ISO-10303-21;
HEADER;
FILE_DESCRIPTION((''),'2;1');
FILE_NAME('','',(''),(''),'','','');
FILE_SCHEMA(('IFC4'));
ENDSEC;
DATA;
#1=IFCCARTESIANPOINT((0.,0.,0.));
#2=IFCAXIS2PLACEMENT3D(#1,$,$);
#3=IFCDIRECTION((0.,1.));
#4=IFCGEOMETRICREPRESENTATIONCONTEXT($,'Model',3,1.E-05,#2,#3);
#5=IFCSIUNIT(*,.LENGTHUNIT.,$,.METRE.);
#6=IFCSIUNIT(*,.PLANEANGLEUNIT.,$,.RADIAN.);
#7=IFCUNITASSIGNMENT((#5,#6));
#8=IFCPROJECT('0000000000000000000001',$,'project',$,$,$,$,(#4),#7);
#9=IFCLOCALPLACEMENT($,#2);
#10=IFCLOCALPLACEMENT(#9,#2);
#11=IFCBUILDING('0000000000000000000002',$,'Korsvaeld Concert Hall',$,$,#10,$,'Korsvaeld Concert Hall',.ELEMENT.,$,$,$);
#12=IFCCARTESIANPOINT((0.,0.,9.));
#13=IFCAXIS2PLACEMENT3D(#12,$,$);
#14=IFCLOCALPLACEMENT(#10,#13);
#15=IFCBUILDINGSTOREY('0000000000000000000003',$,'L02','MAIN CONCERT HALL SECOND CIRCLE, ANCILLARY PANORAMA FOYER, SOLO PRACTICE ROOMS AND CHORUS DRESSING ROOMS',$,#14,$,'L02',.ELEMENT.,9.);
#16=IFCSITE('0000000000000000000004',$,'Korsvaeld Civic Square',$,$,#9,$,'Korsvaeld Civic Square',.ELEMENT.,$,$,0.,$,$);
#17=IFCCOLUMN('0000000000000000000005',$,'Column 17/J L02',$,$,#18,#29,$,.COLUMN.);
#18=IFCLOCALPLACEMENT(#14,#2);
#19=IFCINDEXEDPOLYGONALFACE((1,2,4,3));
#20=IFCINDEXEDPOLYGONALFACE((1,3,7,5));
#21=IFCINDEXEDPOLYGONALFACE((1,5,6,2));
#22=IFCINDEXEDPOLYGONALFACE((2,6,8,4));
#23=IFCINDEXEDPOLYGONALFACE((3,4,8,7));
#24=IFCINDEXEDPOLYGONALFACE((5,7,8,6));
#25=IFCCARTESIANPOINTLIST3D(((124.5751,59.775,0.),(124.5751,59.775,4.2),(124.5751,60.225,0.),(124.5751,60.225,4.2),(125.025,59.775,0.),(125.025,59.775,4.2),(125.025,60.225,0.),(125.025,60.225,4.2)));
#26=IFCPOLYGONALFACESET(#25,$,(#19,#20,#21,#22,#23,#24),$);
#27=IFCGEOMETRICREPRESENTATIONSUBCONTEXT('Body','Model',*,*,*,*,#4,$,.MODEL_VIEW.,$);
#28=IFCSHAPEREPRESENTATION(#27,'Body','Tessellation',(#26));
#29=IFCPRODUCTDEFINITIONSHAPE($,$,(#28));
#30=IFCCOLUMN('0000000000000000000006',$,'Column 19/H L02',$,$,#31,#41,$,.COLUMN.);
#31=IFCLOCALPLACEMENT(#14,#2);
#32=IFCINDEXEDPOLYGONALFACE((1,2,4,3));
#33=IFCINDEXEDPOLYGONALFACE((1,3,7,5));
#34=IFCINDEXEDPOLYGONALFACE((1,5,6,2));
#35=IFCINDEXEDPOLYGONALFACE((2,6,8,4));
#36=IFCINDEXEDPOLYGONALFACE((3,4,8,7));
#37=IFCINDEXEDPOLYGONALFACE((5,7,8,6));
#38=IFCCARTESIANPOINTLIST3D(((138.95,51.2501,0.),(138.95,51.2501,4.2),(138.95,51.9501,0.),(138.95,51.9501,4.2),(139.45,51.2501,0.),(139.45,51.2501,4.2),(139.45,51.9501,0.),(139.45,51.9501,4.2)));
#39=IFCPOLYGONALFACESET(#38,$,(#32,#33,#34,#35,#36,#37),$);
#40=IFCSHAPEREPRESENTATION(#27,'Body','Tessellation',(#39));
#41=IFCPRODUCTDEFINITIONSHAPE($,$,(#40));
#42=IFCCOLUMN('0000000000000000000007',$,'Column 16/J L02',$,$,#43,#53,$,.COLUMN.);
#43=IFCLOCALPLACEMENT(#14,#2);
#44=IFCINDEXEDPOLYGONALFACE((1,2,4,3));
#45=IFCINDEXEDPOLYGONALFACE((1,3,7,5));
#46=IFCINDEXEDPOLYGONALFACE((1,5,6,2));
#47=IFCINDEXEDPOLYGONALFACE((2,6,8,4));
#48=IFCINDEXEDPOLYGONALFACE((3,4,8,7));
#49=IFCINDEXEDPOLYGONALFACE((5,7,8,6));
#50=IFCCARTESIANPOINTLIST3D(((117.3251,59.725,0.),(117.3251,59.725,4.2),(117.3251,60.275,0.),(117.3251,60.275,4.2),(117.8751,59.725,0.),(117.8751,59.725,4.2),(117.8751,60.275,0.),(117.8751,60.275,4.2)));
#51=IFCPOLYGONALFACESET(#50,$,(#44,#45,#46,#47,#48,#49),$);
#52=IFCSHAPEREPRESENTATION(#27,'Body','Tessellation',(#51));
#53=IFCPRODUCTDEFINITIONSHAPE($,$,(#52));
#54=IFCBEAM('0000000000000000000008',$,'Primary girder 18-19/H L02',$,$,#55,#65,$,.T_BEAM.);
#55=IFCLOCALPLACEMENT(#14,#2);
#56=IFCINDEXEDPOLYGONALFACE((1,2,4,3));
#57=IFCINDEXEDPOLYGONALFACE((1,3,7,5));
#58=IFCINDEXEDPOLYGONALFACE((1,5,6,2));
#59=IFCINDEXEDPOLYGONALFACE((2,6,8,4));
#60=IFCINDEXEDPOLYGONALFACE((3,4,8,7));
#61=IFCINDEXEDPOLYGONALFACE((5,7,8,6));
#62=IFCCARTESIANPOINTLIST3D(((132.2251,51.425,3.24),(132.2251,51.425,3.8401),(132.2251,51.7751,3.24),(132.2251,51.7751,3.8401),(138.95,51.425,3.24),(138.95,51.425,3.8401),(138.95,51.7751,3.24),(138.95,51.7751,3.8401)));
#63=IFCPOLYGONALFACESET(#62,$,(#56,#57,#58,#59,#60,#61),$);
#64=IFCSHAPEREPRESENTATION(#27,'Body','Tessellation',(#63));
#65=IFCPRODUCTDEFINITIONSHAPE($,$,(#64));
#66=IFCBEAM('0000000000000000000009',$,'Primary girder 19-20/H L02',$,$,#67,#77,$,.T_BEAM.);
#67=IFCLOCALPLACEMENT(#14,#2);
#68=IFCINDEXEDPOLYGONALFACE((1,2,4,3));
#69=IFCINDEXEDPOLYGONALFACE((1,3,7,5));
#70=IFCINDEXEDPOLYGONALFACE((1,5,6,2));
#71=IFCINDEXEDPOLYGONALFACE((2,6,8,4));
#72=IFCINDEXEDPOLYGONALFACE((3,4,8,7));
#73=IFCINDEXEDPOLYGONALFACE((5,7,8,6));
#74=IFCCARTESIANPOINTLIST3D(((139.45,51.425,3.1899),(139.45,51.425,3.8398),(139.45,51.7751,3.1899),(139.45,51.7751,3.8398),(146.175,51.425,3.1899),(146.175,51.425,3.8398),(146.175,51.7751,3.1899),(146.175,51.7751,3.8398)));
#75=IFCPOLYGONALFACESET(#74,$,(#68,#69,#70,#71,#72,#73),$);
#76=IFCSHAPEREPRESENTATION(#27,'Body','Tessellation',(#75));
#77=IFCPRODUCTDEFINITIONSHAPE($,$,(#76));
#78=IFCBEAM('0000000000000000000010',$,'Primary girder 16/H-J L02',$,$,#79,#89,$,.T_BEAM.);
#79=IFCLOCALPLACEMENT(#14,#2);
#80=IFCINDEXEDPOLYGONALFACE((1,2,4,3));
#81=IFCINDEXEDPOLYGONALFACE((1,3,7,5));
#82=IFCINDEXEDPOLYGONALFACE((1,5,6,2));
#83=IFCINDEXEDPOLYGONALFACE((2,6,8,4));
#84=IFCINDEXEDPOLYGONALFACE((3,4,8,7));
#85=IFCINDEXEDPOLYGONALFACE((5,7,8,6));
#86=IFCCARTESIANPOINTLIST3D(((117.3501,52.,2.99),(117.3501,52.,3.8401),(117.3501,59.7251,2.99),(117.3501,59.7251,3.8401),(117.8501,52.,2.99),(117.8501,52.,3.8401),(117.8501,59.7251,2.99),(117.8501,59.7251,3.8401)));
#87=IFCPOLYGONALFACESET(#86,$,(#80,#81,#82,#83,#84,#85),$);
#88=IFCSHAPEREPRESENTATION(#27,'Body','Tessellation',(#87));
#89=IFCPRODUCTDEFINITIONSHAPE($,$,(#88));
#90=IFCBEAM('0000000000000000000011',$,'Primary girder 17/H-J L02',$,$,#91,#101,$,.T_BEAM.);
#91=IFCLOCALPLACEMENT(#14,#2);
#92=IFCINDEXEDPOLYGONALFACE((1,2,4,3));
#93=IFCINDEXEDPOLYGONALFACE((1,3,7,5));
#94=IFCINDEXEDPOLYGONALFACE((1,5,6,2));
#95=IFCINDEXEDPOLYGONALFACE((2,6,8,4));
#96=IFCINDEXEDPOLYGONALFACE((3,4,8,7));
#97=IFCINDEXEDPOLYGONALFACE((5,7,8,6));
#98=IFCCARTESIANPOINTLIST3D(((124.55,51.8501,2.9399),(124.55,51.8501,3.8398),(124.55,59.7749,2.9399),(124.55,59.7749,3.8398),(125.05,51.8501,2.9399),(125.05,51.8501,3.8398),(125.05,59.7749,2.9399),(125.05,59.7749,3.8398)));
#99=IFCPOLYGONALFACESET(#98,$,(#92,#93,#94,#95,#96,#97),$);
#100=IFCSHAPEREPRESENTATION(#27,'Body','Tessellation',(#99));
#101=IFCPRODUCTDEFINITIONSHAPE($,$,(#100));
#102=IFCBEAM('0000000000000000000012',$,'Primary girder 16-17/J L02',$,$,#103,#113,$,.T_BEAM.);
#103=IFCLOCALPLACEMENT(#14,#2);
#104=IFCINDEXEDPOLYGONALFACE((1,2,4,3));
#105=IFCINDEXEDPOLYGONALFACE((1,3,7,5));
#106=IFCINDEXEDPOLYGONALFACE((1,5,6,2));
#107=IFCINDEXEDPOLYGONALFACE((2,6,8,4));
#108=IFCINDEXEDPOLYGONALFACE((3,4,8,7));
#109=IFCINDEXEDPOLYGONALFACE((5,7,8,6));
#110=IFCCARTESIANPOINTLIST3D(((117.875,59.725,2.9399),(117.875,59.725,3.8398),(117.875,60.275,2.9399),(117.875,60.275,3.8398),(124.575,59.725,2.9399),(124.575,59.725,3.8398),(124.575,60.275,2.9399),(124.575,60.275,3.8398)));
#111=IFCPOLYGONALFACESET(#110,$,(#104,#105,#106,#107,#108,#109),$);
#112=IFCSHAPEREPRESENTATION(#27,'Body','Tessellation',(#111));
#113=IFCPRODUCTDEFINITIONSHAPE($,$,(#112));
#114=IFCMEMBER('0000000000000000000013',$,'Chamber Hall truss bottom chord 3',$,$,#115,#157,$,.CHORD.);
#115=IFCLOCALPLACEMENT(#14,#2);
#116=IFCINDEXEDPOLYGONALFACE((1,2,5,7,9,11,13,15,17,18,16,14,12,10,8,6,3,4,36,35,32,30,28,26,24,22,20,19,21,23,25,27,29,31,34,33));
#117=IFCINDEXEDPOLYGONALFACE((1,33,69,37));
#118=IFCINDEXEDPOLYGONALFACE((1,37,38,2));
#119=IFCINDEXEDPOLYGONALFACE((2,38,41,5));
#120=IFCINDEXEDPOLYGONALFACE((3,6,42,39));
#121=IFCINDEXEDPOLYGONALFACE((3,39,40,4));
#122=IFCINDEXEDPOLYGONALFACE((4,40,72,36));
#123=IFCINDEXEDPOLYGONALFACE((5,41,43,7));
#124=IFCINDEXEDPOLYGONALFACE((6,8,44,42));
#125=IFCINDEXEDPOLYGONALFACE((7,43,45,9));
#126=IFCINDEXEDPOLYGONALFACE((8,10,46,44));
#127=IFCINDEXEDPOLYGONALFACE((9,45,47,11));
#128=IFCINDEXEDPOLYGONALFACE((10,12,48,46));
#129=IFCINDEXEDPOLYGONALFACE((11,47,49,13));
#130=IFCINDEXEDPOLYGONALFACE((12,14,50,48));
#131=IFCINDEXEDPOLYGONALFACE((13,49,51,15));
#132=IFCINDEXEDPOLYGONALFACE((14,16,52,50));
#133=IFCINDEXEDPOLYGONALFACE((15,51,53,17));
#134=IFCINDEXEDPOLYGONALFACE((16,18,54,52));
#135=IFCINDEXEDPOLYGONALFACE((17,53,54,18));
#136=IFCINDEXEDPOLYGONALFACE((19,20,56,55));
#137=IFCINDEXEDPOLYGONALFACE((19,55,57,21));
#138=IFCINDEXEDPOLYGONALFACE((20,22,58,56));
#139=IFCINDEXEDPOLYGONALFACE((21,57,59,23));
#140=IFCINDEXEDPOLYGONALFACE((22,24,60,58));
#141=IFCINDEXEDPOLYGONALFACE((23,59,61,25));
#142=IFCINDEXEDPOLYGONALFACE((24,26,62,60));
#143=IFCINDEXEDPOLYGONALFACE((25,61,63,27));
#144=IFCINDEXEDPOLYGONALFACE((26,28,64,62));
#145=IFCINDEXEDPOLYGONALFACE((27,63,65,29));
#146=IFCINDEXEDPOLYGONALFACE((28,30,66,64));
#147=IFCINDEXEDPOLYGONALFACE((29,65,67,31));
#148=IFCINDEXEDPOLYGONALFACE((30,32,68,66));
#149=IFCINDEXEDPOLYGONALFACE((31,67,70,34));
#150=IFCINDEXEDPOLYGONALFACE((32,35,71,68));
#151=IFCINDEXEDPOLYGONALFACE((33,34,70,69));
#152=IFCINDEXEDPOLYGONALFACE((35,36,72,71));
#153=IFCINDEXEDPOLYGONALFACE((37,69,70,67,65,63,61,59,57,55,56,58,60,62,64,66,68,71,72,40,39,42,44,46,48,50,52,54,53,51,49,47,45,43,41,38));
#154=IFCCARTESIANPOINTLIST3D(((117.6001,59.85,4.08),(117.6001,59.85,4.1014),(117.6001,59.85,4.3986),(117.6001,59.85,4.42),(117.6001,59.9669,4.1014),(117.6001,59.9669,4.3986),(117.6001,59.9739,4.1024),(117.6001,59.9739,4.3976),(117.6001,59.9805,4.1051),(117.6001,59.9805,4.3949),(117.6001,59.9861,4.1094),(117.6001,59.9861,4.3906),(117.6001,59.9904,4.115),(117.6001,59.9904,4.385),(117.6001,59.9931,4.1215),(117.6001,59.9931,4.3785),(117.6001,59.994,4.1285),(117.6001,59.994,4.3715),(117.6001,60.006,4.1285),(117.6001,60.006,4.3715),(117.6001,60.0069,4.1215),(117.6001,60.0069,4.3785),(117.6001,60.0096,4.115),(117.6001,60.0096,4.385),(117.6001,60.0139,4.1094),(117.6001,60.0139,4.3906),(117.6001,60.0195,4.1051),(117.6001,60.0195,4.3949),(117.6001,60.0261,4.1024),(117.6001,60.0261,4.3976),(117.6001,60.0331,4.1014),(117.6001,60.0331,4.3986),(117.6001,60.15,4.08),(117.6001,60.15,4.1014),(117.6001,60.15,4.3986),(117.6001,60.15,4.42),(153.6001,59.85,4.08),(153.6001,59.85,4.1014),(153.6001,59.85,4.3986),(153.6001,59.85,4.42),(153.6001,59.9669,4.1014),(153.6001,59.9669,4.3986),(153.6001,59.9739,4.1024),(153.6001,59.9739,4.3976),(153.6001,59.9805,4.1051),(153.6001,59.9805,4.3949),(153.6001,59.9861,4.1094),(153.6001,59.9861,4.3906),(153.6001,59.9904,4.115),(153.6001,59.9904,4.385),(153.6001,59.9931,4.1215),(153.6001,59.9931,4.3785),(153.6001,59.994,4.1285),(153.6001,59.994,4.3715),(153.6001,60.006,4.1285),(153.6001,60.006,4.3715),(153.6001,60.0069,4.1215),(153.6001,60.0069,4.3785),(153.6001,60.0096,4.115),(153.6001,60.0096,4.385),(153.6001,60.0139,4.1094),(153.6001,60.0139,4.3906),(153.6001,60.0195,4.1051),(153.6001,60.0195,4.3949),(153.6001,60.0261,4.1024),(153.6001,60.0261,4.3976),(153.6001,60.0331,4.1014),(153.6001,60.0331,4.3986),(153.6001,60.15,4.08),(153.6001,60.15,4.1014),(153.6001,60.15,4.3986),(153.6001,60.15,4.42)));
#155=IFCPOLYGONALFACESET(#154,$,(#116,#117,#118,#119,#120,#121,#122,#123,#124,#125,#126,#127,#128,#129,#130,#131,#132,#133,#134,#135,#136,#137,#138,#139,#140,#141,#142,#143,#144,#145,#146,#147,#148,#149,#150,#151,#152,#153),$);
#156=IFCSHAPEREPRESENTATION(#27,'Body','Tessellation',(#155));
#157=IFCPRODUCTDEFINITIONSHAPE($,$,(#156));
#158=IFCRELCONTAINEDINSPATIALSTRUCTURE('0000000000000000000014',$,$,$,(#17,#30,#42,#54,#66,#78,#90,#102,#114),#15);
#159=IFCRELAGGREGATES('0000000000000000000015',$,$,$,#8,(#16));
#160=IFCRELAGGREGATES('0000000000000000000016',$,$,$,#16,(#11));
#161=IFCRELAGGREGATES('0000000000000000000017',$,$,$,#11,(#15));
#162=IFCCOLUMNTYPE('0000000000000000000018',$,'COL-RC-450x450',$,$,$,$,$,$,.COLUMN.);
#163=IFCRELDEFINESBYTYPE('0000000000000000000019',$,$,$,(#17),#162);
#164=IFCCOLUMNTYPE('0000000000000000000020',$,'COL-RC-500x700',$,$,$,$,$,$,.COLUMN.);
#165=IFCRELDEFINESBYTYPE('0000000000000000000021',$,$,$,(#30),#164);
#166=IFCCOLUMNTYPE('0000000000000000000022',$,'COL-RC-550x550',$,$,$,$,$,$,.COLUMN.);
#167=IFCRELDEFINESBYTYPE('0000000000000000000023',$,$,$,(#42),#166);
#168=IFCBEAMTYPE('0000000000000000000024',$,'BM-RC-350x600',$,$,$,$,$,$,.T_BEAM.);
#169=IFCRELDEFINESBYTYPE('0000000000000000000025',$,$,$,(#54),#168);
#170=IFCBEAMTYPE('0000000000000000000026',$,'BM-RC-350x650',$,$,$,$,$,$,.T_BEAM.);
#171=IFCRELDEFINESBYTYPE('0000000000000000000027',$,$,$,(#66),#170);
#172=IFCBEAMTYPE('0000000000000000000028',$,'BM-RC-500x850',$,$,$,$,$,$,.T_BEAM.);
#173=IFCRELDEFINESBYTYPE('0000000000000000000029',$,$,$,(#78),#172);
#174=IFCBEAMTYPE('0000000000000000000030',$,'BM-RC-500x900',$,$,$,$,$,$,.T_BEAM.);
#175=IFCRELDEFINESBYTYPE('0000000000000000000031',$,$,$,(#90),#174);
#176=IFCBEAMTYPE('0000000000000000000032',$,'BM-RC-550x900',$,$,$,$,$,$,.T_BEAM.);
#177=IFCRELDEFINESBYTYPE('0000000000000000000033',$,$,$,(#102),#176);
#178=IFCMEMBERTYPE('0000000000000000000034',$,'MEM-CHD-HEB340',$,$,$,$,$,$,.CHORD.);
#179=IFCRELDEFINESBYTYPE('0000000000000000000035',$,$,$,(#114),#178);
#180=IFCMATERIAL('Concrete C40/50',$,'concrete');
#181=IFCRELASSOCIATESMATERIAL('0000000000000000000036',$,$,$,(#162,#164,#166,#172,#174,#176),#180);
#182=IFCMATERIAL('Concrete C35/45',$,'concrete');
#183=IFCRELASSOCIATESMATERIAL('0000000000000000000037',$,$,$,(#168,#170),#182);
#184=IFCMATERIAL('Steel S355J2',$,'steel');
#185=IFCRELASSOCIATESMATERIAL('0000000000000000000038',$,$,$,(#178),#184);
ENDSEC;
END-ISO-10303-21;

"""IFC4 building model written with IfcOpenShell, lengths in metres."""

from ifc_helpers import new_model, si_unit, direction, frame, origin, origin_2d, place, context, subcontext, project, spatial, rectangle, i_section, extrude, material, material_profile, profile_set, type_object, element, save


model = new_model("IFC4")

# Units and contexts
model_context = context("Model", 3, precision=1e-05, world=origin(), true_north=direction((0.0, 1.0)))
body_context = subcontext(model_context, "Body", "Model", "MODEL_VIEW")
ifc_project = project(units=[si_unit("LENGTHUNIT", "METRE"), si_unit("PLANEANGLEUNIT", "RADIAN")], contexts=[model_context])

# Site, building, storey
site_placement = place(None, origin())
site = spatial("IfcSite", under=ifc_project, at=site_placement, Name="Korsvaeld Civic Square", LongName="Korsvaeld Civic Square", CompositionType="ELEMENT", RefElevation=0.0)
building_placement = place(site_placement, origin())
building = spatial("IfcBuilding", under=site, at=building_placement, Name="Korsvaeld Concert Hall", LongName="Korsvaeld Concert Hall", CompositionType="ELEMENT")
storey_placement = place(building_placement, frame((0.0, 0.0, 9.0)))
storey = spatial("IfcBuildingStorey", under=building, at=storey_placement, Name="L02", Description="MAIN CONCERT HALL SECOND CIRCLE, ANCILLARY PANORAMA FOYER, SOLO PRACTICE ROOMS AND CHORUS DRESSING ROOMS", LongName="L02", CompositionType="ELEMENT", Elevation=9.0)

# Columns
ifc_material_1 = material(Name="Concrete C40/50", Category="concrete")
ifc_material_profile_1 = material_profile(ifc_material_1, rectangle(XDim=0.45, YDim=0.45, at=origin_2d()), Name="RC 450x450")
ifc_profile_set_1 = profile_set([ifc_material_profile_1], Name="Concrete C40/50")
column_type_1 = type_object("IfcColumnType", Name="COL-RC-450x450", PredefinedType="COLUMN", material=ifc_profile_set_1)
column_1_placement = place(storey_placement, frame((124.8, 60.0, 0.0), z_axis=(0.0, 0.0, 1.0), x_axis=(1.0, 0.0, 0.0)))
element("IfcColumn", 1, at=column_1_placement, inside=storey, type_object=column_type_1, Name="Column 17/J L02", PredefinedType="COLUMN", context=body_context, shape_type="SweptSolid", body=[
    extrude(rectangle(XDim=0.45, YDim=0.45, at=origin_2d()), origin(), (0.0, 0.0, 1.0), 4.2),
])
ifc_material_profile_2 = material_profile(ifc_material_1, rectangle(XDim=0.5, YDim=0.7, at=origin_2d()), Name="RC 500x700")
ifc_profile_set_2 = profile_set([ifc_material_profile_2], Name="Concrete C40/50")
column_type_2 = type_object("IfcColumnType", Name="COL-RC-500x700", PredefinedType="COLUMN", material=ifc_profile_set_2)
column_2_placement = place(storey_placement, frame((139.2, 51.6001, 0.0), z_axis=(0.0, 0.0, 1.0), x_axis=(1.0, 0.0, 0.0)))
element("IfcColumn", 2, at=column_2_placement, inside=storey, type_object=column_type_2, Name="Column 19/H L02", PredefinedType="COLUMN", context=body_context, shape_type="SweptSolid", body=[
    extrude(rectangle(XDim=0.5, YDim=0.7, at=origin_2d()), origin(), (0.0, 0.0, 1.0), 4.2),
])
ifc_material_profile_3 = material_profile(ifc_material_1, rectangle(XDim=0.55, YDim=0.55, at=origin_2d()), Name="RC 550x550")
ifc_profile_set_3 = profile_set([ifc_material_profile_3], Name="Concrete C40/50")
column_type_3 = type_object("IfcColumnType", Name="COL-RC-550x550", PredefinedType="COLUMN", material=ifc_profile_set_3)
column_3_placement = place(storey_placement, frame((117.6001, 60.0, 0.0), z_axis=(0.0, 0.0, 1.0), x_axis=(1.0, 0.0, 0.0)))
element("IfcColumn", 3, at=column_3_placement, inside=storey, type_object=column_type_3, Name="Column 16/J L02", PredefinedType="COLUMN", context=body_context, shape_type="SweptSolid", body=[
    extrude(rectangle(XDim=0.55, YDim=0.55, at=origin_2d()), origin(), (0.0, 0.0, 1.0), 4.2),
])

# Beams
ifc_material_2 = material(Name="Concrete C35/45", Category="concrete")
ifc_material_profile_4 = material_profile(ifc_material_2, rectangle(XDim=0.3501, YDim=0.6001, at=origin_2d()), Name="RC 350x600")
ifc_profile_set_4 = profile_set([ifc_material_profile_4], Name="Concrete C35/45")
beam_type_1 = type_object("IfcBeamType", Name="BM-RC-350x600", PredefinedType="T_BEAM", material=ifc_profile_set_4)
beam_1_placement = place(storey_placement, frame((132.2251, 51.6001, 3.54), z_axis=(1.0, 0.0, 0.0), x_axis=(0.0, 1.0, 0.0)))
element("IfcBeam", 4, at=beam_1_placement, inside=storey, type_object=beam_type_1, Name="Primary girder 18-19/H L02", PredefinedType="T_BEAM", context=body_context, shape_type="SweptSolid", body=[
    extrude(rectangle(XDim=0.3501, YDim=0.6001, at=origin_2d()), origin(), (0.0, 0.0, 1.0), 6.7249),
])
ifc_material_profile_5 = material_profile(ifc_material_2, rectangle(XDim=0.3501, YDim=0.6499, at=origin_2d()), Name="RC 350x650")
ifc_profile_set_5 = profile_set([ifc_material_profile_5], Name="Concrete C35/45")
beam_type_2 = type_object("IfcBeamType", Name="BM-RC-350x650", PredefinedType="T_BEAM", material=ifc_profile_set_5)
beam_2_placement = place(storey_placement, frame((139.45, 51.6001, 3.5149), z_axis=(1.0, 0.0, 0.0), x_axis=(0.0, 1.0, 0.0)))
element("IfcBeam", 5, at=beam_2_placement, inside=storey, type_object=beam_type_2, Name="Primary girder 19-20/H L02", PredefinedType="T_BEAM", context=body_context, shape_type="SweptSolid", body=[
    extrude(rectangle(XDim=0.3501, YDim=0.6499, at=origin_2d()), origin(), (0.0, 0.0, 1.0), 6.7251),
])
ifc_material_profile_6 = material_profile(ifc_material_1, rectangle(XDim=0.5, YDim=0.8501, at=origin_2d()), Name="RC 500x850")
ifc_profile_set_6 = profile_set([ifc_material_profile_6], Name="Concrete C40/50")
beam_type_3 = type_object("IfcBeamType", Name="BM-RC-500x850", PredefinedType="T_BEAM", material=ifc_profile_set_6)
beam_3_placement = place(storey_placement, frame((117.6001, 52.0, 3.415), z_axis=(0.0, 1.0, 0.0), x_axis=(-1.0, 0.0, 0.0)))
element("IfcBeam", 6, at=beam_3_placement, inside=storey, type_object=beam_type_3, Name="Primary girder 16/H-J L02", PredefinedType="T_BEAM", context=body_context, shape_type="SweptSolid", body=[
    extrude(rectangle(XDim=0.5, YDim=0.8501, at=origin_2d()), origin(), (0.0, 0.0, 1.0), 7.7251),
])
ifc_material_profile_7 = material_profile(ifc_material_1, rectangle(XDim=0.5, YDim=0.8999, at=origin_2d()), Name="RC 500x900")
ifc_profile_set_7 = profile_set([ifc_material_profile_7], Name="Concrete C40/50")
beam_type_4 = type_object("IfcBeamType", Name="BM-RC-500x900", PredefinedType="T_BEAM", material=ifc_profile_set_7)
beam_4_placement = place(storey_placement, frame((124.8, 51.8501, 3.3899), z_axis=(0.0, 1.0, 0.0), x_axis=(-1.0, 0.0, 0.0)))
element("IfcBeam", 7, at=beam_4_placement, inside=storey, type_object=beam_type_4, Name="Primary girder 17/H-J L02", PredefinedType="T_BEAM", context=body_context, shape_type="SweptSolid", body=[
    extrude(rectangle(XDim=0.5, YDim=0.8999, at=origin_2d()), origin(), (0.0, 0.0, 1.0), 7.9248),
])
ifc_material_profile_8 = material_profile(ifc_material_1, rectangle(XDim=0.55, YDim=0.8999, at=origin_2d()), Name="RC 550x900")
ifc_profile_set_8 = profile_set([ifc_material_profile_8], Name="Concrete C40/50")
beam_type_5 = type_object("IfcBeamType", Name="BM-RC-550x900", PredefinedType="T_BEAM", material=ifc_profile_set_8)
beam_5_placement = place(storey_placement, frame((117.875, 60.0, 3.3899), z_axis=(1.0, 0.0, 0.0), x_axis=(0.0, 1.0, 0.0)))
element("IfcBeam", 8, at=beam_5_placement, inside=storey, type_object=beam_type_5, Name="Primary girder 16-17/J L02", PredefinedType="T_BEAM", context=body_context, shape_type="SweptSolid", body=[
    extrude(rectangle(XDim=0.55, YDim=0.8999, at=origin_2d()), origin(), (0.0, 0.0, 1.0), 6.7),
])

# Member
ifc_material_3 = material(Name="Steel S355J2", Category="steel")
ifc_material_profile_9 = material_profile(ifc_material_3, i_section(OverallWidth=0.3, OverallDepth=0.3401, WebThickness=0.012, FlangeThickness=0.0215, FilletRadius=0.0271, at=origin_2d()), Name="HEB 340")
ifc_profile_set_9 = profile_set([ifc_material_profile_9], Name="Steel S355J2")
member_type_1 = type_object("IfcMemberType", Name="MEM-CHD-HEB340", PredefinedType="CHORD", material=ifc_profile_set_9)
member_1_placement = place(storey_placement, frame((117.6001, 60.0, 4.25), z_axis=(1.0, 0.0, 0.0), x_axis=(0.0, 1.0, 0.0)))
element("IfcMember", 9, at=member_1_placement, inside=storey, type_object=member_type_1, Name="Chamber Hall truss bottom chord 3", PredefinedType="CHORD", context=body_context, shape_type="SweptSolid", body=[
    extrude(i_section(OverallWidth=0.3, OverallDepth=0.3401, WebThickness=0.012, FlangeThickness=0.0215, FilletRadius=0.0271, at=origin_2d()), origin(), (0.0, 0.0, 1.0), 36.0),
])

save(model, "model.ifc")
